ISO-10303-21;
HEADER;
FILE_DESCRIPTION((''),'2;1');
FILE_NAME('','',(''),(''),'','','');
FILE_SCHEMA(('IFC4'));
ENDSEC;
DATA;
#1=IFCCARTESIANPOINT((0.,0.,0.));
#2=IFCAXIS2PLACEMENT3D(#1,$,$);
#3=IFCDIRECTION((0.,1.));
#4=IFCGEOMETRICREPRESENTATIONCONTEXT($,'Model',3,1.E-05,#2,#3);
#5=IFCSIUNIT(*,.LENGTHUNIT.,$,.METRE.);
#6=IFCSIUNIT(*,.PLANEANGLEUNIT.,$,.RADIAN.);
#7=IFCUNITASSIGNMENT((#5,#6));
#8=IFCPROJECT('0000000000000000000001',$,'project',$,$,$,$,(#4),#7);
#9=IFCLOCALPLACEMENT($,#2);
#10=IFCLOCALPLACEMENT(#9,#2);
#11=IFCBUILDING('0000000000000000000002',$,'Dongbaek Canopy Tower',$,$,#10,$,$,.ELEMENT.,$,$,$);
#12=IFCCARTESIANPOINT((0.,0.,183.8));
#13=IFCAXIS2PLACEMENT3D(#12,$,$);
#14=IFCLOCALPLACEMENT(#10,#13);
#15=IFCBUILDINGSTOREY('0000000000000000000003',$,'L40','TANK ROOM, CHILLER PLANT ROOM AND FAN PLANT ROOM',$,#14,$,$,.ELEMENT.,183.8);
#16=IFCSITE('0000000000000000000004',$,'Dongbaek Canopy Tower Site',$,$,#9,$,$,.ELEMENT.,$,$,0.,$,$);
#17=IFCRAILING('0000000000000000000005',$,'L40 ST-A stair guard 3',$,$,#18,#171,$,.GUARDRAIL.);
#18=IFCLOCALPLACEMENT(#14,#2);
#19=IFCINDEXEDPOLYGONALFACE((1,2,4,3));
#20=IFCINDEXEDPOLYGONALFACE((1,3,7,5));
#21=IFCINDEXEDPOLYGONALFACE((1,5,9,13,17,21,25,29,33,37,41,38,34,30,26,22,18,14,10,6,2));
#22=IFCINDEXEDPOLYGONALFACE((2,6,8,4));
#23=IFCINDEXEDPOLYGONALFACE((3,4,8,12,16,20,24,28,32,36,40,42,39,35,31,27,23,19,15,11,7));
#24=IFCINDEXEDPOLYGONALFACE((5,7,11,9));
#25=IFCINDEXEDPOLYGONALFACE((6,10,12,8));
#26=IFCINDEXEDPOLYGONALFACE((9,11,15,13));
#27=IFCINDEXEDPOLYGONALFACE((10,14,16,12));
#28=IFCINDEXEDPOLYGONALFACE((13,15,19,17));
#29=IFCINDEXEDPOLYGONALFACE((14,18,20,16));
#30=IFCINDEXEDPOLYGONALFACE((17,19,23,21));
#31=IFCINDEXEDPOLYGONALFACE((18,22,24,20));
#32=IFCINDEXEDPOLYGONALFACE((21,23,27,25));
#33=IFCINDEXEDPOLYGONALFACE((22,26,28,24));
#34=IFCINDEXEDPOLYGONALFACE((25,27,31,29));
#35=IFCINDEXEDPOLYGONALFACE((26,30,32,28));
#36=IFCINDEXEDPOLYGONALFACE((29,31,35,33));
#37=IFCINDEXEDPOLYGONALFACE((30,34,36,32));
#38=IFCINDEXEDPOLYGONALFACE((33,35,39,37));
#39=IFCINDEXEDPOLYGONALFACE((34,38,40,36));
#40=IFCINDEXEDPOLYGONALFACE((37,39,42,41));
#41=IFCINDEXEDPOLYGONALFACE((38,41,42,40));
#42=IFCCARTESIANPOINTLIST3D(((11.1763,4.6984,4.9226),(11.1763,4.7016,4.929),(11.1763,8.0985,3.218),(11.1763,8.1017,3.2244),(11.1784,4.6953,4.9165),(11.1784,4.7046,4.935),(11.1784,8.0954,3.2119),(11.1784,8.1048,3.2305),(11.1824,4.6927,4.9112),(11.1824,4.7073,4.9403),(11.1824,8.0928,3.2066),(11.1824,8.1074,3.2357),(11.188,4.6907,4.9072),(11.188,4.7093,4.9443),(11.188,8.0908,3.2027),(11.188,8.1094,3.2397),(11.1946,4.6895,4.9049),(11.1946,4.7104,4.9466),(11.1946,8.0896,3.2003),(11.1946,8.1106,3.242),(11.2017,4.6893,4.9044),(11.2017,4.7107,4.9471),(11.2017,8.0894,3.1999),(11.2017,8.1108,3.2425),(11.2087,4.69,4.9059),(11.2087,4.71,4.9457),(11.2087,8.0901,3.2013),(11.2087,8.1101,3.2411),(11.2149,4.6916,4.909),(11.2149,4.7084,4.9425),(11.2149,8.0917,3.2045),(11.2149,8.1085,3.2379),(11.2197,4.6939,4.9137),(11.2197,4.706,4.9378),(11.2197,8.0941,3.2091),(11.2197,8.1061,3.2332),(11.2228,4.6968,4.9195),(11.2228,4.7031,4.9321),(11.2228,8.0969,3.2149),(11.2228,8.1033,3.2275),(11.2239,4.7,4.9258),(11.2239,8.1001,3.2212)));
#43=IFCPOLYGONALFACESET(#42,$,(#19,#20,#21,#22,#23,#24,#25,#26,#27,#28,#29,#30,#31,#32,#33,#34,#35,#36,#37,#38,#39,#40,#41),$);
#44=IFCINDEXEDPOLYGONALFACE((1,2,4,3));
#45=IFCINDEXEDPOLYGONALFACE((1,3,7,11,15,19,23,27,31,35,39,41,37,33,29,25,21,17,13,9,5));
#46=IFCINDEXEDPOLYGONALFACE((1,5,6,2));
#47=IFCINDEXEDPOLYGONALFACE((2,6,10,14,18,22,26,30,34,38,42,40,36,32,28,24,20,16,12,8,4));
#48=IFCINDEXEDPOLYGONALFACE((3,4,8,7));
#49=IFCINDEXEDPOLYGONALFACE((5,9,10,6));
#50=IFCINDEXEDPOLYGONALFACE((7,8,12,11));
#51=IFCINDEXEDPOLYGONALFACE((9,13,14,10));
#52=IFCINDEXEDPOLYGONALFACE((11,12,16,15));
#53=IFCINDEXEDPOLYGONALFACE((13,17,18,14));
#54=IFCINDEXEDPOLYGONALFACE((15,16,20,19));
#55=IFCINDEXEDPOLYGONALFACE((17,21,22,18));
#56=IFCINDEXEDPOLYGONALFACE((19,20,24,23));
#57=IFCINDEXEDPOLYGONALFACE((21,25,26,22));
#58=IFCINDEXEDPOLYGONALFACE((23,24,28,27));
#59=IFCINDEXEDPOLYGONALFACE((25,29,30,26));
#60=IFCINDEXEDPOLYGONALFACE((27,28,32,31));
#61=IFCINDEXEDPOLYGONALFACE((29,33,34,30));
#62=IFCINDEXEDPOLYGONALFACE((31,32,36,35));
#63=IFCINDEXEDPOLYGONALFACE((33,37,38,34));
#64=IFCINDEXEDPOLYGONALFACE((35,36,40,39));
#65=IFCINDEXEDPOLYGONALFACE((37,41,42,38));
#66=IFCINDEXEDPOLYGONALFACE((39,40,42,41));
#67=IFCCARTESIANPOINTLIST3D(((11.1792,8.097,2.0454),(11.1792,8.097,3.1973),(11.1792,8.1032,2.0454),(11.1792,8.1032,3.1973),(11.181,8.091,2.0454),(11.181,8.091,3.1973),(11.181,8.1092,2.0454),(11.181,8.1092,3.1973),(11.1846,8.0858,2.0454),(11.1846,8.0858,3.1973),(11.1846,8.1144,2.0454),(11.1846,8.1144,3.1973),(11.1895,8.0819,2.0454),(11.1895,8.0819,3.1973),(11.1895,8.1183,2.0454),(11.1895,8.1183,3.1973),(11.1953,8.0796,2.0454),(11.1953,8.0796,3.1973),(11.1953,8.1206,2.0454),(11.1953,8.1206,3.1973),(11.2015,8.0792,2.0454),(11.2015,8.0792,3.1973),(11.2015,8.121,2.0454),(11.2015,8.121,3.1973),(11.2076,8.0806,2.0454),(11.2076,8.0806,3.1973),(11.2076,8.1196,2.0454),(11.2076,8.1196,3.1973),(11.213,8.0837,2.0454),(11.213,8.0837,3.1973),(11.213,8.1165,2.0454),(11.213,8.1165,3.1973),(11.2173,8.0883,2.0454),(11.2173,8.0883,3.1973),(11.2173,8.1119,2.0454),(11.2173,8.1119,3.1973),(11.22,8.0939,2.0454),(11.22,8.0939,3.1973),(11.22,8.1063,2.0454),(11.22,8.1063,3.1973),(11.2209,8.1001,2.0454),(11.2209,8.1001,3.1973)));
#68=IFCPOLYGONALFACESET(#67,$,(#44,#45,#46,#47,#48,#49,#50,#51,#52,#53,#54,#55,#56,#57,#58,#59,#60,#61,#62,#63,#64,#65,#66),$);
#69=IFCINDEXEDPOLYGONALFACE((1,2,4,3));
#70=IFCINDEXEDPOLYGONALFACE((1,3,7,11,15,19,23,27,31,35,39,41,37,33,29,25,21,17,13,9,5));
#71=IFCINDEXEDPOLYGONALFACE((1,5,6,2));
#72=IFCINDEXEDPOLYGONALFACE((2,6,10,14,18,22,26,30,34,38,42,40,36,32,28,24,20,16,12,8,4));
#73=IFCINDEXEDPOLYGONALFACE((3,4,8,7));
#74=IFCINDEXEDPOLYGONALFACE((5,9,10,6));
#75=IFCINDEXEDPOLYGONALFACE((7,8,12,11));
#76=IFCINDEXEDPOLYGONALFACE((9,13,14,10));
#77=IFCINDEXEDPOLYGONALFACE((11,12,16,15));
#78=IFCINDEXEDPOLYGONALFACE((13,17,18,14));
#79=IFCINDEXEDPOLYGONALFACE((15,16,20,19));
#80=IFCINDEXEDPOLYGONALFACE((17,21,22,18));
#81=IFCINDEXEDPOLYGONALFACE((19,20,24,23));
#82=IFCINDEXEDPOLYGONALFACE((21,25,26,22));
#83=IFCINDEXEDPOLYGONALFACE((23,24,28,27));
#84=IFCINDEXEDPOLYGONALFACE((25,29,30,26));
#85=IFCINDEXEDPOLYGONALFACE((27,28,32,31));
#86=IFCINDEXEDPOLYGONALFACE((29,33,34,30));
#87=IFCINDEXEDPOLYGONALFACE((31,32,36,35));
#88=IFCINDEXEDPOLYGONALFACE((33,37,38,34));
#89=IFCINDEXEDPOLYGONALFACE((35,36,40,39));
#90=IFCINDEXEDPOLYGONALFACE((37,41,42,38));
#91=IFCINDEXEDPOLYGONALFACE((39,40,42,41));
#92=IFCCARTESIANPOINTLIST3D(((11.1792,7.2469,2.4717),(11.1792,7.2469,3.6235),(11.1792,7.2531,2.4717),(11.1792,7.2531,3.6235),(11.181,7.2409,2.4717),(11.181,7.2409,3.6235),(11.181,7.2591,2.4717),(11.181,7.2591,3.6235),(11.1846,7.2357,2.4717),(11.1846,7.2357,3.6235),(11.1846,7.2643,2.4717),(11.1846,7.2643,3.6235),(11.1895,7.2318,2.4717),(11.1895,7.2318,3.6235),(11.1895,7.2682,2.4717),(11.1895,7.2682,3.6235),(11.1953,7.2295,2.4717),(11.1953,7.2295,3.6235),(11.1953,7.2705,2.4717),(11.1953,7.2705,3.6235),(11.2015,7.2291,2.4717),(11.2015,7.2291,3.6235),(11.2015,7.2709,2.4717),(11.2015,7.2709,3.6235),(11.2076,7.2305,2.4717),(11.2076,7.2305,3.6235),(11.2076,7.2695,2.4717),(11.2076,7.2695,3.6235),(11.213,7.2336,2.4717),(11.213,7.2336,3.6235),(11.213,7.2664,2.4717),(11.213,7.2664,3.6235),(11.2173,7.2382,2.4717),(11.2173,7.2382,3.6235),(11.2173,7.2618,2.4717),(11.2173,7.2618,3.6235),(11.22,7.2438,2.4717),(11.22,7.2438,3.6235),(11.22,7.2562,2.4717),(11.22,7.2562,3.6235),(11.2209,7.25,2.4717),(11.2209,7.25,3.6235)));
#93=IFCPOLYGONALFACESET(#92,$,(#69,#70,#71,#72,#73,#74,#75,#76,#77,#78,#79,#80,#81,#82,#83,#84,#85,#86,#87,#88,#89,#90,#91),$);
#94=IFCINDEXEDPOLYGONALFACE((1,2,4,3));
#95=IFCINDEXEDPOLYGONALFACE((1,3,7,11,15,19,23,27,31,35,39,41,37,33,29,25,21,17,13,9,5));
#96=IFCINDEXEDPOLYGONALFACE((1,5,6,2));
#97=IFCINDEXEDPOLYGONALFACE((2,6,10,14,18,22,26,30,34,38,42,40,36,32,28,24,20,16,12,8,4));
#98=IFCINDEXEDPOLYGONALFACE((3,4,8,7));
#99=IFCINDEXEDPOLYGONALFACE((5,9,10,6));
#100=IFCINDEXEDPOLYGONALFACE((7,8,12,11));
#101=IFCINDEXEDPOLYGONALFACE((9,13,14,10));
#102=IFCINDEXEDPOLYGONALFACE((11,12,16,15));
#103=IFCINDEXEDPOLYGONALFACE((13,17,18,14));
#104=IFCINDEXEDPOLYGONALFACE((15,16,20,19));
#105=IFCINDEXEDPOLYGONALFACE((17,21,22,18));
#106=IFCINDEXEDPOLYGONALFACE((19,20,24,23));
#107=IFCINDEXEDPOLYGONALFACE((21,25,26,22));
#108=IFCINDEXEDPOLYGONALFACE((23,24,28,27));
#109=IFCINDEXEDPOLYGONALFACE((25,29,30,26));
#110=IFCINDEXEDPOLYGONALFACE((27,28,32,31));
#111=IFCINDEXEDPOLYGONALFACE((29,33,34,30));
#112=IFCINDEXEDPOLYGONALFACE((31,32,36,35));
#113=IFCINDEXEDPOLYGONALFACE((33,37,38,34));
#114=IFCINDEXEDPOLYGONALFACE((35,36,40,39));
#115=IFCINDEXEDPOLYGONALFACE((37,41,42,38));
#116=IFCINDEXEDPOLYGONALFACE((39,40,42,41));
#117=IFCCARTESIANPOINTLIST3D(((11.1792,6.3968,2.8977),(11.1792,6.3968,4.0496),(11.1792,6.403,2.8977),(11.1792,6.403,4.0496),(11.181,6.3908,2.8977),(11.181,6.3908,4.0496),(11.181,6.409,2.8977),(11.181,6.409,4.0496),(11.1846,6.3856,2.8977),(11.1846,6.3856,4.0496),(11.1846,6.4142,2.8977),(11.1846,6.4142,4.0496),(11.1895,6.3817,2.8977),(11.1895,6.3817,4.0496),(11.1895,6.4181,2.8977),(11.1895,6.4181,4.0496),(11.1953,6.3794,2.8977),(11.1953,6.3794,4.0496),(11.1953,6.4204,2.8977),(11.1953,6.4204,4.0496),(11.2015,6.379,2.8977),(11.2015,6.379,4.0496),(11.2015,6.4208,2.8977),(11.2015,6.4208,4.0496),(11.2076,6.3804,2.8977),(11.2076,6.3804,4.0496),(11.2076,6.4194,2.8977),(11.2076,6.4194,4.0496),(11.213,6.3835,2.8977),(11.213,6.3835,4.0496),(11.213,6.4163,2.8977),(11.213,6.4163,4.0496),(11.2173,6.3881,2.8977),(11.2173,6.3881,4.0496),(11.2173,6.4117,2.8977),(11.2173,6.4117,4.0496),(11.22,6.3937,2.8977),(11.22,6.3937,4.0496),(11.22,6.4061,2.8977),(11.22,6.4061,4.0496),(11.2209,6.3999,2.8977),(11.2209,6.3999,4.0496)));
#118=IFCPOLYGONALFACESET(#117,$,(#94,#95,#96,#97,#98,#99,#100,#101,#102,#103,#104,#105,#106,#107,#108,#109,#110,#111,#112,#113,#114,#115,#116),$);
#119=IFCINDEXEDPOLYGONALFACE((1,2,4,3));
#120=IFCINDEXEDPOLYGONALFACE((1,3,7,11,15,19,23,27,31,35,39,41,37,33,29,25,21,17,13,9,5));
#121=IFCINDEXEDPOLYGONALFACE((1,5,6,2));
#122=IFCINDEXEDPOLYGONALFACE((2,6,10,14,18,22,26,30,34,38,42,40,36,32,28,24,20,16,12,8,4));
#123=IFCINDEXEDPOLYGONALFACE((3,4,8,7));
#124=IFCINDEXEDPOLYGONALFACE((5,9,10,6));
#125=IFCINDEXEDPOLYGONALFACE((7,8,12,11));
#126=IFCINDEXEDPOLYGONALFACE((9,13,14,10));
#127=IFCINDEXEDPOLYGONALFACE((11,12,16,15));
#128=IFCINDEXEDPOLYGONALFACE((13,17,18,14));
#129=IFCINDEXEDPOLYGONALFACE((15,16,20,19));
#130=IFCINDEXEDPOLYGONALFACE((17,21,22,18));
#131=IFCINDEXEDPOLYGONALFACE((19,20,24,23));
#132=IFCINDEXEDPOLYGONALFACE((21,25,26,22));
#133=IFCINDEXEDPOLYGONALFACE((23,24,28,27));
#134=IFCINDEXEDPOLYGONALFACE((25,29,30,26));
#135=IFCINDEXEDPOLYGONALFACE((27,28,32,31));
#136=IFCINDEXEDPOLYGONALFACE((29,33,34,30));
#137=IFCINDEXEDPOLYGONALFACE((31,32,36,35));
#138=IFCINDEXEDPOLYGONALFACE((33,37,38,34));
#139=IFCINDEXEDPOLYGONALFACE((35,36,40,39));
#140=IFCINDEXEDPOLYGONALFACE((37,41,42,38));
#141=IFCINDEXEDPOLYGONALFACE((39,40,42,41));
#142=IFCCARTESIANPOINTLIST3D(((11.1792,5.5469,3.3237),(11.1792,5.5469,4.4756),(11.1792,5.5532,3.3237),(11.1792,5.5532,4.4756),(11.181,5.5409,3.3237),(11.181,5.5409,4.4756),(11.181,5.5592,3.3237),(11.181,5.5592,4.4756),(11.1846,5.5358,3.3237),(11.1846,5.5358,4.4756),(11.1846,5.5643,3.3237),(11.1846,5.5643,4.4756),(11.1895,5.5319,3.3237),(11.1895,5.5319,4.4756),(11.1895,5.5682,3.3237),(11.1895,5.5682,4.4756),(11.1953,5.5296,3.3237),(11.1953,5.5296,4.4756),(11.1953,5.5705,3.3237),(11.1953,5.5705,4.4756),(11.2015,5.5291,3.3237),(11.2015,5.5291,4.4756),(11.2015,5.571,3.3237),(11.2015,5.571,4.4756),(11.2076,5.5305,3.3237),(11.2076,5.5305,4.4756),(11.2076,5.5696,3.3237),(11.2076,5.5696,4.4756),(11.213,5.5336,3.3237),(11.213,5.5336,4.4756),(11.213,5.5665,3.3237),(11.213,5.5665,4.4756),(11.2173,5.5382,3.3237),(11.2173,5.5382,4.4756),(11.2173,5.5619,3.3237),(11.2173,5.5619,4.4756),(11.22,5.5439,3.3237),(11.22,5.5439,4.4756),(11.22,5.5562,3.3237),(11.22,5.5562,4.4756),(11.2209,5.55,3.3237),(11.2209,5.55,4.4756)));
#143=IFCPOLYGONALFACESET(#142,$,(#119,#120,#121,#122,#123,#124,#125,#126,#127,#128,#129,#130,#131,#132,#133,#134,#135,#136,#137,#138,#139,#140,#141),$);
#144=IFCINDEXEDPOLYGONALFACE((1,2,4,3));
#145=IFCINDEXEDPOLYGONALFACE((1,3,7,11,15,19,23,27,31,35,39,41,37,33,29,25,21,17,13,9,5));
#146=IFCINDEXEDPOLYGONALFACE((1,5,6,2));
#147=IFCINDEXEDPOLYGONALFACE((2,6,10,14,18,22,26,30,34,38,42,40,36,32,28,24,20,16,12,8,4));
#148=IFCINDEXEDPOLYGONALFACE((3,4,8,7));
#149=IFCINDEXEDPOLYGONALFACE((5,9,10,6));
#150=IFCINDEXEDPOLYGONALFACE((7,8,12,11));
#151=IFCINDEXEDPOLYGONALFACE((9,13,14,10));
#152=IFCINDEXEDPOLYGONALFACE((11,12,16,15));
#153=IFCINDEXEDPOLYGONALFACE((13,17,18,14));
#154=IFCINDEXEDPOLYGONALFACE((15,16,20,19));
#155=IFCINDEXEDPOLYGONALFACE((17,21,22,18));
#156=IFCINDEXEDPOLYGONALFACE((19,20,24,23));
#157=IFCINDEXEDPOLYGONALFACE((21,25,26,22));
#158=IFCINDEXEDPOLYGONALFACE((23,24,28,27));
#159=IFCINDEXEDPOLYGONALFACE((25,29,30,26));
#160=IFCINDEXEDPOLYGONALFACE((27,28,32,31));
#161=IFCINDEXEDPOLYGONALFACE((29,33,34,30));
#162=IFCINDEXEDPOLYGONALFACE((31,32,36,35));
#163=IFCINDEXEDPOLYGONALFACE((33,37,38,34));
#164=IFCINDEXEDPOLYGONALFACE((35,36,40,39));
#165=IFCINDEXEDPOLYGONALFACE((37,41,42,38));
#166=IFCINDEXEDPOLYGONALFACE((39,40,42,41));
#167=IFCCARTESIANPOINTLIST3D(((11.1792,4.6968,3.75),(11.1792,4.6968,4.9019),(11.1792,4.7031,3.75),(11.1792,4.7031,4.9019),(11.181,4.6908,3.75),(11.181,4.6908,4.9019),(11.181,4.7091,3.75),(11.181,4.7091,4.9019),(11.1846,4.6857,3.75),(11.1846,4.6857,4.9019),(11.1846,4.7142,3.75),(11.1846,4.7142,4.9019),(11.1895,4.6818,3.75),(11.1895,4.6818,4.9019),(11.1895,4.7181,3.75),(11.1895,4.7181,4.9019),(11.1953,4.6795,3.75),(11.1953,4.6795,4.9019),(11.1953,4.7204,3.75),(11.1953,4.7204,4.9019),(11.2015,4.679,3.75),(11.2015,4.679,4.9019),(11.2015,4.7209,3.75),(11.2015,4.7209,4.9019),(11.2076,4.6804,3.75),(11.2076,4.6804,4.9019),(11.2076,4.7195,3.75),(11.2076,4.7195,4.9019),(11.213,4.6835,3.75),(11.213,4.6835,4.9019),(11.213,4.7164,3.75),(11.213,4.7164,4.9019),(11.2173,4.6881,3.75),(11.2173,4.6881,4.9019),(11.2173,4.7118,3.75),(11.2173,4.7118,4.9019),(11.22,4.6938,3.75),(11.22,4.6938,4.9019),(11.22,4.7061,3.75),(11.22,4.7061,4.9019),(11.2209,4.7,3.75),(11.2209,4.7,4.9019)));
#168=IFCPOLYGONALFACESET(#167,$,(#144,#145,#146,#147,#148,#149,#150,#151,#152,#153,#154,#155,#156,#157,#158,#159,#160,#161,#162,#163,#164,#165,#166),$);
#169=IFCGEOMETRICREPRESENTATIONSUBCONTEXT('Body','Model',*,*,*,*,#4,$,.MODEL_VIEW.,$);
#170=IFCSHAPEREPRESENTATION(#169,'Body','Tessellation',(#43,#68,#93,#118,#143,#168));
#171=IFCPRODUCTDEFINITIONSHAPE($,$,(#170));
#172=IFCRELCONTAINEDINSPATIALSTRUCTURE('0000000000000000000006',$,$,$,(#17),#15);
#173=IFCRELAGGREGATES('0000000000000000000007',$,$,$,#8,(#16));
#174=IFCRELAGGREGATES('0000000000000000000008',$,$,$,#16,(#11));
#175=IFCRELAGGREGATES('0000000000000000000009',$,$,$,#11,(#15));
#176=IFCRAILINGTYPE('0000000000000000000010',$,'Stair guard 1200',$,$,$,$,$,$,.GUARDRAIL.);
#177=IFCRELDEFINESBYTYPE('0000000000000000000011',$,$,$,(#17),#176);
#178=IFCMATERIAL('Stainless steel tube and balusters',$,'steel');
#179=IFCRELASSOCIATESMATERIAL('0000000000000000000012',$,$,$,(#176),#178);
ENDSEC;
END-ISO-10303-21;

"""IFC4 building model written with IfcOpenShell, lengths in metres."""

from ifc_helpers import new_model, si_unit, direction, frame, origin, origin_2d, place, context, subcontext, project, spatial, circle, extrude, material, type_object, element, save


model = new_model("IFC4")

# Units and contexts
model_context = context("Model", 3, precision=1e-05, world=origin(), true_north=direction((0.0, 1.0)))
body_context = subcontext(model_context, "Body", "Model", "MODEL_VIEW")
ifc_project = project(units=[si_unit("LENGTHUNIT", "METRE"), si_unit("PLANEANGLEUNIT", "RADIAN")], contexts=[model_context])

# Site, building, storey
site_placement = place(None, origin())
site = spatial("IfcSite", under=ifc_project, at=site_placement, Name="Dongbaek Canopy Tower Site", CompositionType="ELEMENT", RefElevation=0.0)
building_placement = place(site_placement, origin())
building = spatial("IfcBuilding", under=site, at=building_placement, Name="Dongbaek Canopy Tower", CompositionType="ELEMENT")
storey_placement = place(building_placement, frame((0.0, 0.0, 183.8)))
storey = spatial("IfcBuildingStorey", under=building, at=storey_placement, Name="L40", Description="TANK ROOM, CHILLER PLANT ROOM AND FAN PLANT ROOM", CompositionType="ELEMENT", Elevation=183.8)

# Railing
ifc_material_1 = material(Name="Stainless steel tube and balusters", Category="steel")
railing_type_1 = type_object("IfcRailingType", Name="Stair guard 1200", PredefinedType="GUARDRAIL", material=ifc_material_1)
for number, where, name in (
    (1, (11.2, 8.1001, 2.0454), "L40 ST-A stair guard 3"),
):
    element("IfcRailing", number, at=place(storey_placement, frame(where)), inside=storey, type_object=railing_type_1, Name=name, PredefinedType="GUARDRAIL", context=body_context, shape_type="SweptSolid", body=[
        extrude(circle(Radius=0.0239, at=origin_2d()), frame((0.0, 0.0, 1.1758), z_axis=(0.0, -0.893952, 0.448163), x_axis=(1.0, 0.0, 0.0)), (0.0, 0.0, 1.0), 3.8035),
        extrude(circle(Radius=0.021, at=origin_2d()), origin(), (0.0, 0.0, 1.0), 1.1519),
        extrude(circle(Radius=0.021, at=origin_2d()), frame((0.0, -0.8501, 0.4263)), (0.0, 0.0, 1.0), 1.1519),
        extrude(circle(Radius=0.021, at=origin_2d()), frame((0.0, -1.7002, 0.8523)), (0.0, 0.0, 1.0), 1.1519),
        extrude(circle(Radius=0.021, at=origin_2d()), frame((0.0, -2.55, 1.2783)), (0.0, 0.0, 1.0), 1.1519),
        extrude(circle(Radius=0.021, at=origin_2d()), frame((0.0, -3.4001, 1.7046)), (0.0, 0.0, 1.0), 1.1519),
    ])

save(model, "model.ifc")
